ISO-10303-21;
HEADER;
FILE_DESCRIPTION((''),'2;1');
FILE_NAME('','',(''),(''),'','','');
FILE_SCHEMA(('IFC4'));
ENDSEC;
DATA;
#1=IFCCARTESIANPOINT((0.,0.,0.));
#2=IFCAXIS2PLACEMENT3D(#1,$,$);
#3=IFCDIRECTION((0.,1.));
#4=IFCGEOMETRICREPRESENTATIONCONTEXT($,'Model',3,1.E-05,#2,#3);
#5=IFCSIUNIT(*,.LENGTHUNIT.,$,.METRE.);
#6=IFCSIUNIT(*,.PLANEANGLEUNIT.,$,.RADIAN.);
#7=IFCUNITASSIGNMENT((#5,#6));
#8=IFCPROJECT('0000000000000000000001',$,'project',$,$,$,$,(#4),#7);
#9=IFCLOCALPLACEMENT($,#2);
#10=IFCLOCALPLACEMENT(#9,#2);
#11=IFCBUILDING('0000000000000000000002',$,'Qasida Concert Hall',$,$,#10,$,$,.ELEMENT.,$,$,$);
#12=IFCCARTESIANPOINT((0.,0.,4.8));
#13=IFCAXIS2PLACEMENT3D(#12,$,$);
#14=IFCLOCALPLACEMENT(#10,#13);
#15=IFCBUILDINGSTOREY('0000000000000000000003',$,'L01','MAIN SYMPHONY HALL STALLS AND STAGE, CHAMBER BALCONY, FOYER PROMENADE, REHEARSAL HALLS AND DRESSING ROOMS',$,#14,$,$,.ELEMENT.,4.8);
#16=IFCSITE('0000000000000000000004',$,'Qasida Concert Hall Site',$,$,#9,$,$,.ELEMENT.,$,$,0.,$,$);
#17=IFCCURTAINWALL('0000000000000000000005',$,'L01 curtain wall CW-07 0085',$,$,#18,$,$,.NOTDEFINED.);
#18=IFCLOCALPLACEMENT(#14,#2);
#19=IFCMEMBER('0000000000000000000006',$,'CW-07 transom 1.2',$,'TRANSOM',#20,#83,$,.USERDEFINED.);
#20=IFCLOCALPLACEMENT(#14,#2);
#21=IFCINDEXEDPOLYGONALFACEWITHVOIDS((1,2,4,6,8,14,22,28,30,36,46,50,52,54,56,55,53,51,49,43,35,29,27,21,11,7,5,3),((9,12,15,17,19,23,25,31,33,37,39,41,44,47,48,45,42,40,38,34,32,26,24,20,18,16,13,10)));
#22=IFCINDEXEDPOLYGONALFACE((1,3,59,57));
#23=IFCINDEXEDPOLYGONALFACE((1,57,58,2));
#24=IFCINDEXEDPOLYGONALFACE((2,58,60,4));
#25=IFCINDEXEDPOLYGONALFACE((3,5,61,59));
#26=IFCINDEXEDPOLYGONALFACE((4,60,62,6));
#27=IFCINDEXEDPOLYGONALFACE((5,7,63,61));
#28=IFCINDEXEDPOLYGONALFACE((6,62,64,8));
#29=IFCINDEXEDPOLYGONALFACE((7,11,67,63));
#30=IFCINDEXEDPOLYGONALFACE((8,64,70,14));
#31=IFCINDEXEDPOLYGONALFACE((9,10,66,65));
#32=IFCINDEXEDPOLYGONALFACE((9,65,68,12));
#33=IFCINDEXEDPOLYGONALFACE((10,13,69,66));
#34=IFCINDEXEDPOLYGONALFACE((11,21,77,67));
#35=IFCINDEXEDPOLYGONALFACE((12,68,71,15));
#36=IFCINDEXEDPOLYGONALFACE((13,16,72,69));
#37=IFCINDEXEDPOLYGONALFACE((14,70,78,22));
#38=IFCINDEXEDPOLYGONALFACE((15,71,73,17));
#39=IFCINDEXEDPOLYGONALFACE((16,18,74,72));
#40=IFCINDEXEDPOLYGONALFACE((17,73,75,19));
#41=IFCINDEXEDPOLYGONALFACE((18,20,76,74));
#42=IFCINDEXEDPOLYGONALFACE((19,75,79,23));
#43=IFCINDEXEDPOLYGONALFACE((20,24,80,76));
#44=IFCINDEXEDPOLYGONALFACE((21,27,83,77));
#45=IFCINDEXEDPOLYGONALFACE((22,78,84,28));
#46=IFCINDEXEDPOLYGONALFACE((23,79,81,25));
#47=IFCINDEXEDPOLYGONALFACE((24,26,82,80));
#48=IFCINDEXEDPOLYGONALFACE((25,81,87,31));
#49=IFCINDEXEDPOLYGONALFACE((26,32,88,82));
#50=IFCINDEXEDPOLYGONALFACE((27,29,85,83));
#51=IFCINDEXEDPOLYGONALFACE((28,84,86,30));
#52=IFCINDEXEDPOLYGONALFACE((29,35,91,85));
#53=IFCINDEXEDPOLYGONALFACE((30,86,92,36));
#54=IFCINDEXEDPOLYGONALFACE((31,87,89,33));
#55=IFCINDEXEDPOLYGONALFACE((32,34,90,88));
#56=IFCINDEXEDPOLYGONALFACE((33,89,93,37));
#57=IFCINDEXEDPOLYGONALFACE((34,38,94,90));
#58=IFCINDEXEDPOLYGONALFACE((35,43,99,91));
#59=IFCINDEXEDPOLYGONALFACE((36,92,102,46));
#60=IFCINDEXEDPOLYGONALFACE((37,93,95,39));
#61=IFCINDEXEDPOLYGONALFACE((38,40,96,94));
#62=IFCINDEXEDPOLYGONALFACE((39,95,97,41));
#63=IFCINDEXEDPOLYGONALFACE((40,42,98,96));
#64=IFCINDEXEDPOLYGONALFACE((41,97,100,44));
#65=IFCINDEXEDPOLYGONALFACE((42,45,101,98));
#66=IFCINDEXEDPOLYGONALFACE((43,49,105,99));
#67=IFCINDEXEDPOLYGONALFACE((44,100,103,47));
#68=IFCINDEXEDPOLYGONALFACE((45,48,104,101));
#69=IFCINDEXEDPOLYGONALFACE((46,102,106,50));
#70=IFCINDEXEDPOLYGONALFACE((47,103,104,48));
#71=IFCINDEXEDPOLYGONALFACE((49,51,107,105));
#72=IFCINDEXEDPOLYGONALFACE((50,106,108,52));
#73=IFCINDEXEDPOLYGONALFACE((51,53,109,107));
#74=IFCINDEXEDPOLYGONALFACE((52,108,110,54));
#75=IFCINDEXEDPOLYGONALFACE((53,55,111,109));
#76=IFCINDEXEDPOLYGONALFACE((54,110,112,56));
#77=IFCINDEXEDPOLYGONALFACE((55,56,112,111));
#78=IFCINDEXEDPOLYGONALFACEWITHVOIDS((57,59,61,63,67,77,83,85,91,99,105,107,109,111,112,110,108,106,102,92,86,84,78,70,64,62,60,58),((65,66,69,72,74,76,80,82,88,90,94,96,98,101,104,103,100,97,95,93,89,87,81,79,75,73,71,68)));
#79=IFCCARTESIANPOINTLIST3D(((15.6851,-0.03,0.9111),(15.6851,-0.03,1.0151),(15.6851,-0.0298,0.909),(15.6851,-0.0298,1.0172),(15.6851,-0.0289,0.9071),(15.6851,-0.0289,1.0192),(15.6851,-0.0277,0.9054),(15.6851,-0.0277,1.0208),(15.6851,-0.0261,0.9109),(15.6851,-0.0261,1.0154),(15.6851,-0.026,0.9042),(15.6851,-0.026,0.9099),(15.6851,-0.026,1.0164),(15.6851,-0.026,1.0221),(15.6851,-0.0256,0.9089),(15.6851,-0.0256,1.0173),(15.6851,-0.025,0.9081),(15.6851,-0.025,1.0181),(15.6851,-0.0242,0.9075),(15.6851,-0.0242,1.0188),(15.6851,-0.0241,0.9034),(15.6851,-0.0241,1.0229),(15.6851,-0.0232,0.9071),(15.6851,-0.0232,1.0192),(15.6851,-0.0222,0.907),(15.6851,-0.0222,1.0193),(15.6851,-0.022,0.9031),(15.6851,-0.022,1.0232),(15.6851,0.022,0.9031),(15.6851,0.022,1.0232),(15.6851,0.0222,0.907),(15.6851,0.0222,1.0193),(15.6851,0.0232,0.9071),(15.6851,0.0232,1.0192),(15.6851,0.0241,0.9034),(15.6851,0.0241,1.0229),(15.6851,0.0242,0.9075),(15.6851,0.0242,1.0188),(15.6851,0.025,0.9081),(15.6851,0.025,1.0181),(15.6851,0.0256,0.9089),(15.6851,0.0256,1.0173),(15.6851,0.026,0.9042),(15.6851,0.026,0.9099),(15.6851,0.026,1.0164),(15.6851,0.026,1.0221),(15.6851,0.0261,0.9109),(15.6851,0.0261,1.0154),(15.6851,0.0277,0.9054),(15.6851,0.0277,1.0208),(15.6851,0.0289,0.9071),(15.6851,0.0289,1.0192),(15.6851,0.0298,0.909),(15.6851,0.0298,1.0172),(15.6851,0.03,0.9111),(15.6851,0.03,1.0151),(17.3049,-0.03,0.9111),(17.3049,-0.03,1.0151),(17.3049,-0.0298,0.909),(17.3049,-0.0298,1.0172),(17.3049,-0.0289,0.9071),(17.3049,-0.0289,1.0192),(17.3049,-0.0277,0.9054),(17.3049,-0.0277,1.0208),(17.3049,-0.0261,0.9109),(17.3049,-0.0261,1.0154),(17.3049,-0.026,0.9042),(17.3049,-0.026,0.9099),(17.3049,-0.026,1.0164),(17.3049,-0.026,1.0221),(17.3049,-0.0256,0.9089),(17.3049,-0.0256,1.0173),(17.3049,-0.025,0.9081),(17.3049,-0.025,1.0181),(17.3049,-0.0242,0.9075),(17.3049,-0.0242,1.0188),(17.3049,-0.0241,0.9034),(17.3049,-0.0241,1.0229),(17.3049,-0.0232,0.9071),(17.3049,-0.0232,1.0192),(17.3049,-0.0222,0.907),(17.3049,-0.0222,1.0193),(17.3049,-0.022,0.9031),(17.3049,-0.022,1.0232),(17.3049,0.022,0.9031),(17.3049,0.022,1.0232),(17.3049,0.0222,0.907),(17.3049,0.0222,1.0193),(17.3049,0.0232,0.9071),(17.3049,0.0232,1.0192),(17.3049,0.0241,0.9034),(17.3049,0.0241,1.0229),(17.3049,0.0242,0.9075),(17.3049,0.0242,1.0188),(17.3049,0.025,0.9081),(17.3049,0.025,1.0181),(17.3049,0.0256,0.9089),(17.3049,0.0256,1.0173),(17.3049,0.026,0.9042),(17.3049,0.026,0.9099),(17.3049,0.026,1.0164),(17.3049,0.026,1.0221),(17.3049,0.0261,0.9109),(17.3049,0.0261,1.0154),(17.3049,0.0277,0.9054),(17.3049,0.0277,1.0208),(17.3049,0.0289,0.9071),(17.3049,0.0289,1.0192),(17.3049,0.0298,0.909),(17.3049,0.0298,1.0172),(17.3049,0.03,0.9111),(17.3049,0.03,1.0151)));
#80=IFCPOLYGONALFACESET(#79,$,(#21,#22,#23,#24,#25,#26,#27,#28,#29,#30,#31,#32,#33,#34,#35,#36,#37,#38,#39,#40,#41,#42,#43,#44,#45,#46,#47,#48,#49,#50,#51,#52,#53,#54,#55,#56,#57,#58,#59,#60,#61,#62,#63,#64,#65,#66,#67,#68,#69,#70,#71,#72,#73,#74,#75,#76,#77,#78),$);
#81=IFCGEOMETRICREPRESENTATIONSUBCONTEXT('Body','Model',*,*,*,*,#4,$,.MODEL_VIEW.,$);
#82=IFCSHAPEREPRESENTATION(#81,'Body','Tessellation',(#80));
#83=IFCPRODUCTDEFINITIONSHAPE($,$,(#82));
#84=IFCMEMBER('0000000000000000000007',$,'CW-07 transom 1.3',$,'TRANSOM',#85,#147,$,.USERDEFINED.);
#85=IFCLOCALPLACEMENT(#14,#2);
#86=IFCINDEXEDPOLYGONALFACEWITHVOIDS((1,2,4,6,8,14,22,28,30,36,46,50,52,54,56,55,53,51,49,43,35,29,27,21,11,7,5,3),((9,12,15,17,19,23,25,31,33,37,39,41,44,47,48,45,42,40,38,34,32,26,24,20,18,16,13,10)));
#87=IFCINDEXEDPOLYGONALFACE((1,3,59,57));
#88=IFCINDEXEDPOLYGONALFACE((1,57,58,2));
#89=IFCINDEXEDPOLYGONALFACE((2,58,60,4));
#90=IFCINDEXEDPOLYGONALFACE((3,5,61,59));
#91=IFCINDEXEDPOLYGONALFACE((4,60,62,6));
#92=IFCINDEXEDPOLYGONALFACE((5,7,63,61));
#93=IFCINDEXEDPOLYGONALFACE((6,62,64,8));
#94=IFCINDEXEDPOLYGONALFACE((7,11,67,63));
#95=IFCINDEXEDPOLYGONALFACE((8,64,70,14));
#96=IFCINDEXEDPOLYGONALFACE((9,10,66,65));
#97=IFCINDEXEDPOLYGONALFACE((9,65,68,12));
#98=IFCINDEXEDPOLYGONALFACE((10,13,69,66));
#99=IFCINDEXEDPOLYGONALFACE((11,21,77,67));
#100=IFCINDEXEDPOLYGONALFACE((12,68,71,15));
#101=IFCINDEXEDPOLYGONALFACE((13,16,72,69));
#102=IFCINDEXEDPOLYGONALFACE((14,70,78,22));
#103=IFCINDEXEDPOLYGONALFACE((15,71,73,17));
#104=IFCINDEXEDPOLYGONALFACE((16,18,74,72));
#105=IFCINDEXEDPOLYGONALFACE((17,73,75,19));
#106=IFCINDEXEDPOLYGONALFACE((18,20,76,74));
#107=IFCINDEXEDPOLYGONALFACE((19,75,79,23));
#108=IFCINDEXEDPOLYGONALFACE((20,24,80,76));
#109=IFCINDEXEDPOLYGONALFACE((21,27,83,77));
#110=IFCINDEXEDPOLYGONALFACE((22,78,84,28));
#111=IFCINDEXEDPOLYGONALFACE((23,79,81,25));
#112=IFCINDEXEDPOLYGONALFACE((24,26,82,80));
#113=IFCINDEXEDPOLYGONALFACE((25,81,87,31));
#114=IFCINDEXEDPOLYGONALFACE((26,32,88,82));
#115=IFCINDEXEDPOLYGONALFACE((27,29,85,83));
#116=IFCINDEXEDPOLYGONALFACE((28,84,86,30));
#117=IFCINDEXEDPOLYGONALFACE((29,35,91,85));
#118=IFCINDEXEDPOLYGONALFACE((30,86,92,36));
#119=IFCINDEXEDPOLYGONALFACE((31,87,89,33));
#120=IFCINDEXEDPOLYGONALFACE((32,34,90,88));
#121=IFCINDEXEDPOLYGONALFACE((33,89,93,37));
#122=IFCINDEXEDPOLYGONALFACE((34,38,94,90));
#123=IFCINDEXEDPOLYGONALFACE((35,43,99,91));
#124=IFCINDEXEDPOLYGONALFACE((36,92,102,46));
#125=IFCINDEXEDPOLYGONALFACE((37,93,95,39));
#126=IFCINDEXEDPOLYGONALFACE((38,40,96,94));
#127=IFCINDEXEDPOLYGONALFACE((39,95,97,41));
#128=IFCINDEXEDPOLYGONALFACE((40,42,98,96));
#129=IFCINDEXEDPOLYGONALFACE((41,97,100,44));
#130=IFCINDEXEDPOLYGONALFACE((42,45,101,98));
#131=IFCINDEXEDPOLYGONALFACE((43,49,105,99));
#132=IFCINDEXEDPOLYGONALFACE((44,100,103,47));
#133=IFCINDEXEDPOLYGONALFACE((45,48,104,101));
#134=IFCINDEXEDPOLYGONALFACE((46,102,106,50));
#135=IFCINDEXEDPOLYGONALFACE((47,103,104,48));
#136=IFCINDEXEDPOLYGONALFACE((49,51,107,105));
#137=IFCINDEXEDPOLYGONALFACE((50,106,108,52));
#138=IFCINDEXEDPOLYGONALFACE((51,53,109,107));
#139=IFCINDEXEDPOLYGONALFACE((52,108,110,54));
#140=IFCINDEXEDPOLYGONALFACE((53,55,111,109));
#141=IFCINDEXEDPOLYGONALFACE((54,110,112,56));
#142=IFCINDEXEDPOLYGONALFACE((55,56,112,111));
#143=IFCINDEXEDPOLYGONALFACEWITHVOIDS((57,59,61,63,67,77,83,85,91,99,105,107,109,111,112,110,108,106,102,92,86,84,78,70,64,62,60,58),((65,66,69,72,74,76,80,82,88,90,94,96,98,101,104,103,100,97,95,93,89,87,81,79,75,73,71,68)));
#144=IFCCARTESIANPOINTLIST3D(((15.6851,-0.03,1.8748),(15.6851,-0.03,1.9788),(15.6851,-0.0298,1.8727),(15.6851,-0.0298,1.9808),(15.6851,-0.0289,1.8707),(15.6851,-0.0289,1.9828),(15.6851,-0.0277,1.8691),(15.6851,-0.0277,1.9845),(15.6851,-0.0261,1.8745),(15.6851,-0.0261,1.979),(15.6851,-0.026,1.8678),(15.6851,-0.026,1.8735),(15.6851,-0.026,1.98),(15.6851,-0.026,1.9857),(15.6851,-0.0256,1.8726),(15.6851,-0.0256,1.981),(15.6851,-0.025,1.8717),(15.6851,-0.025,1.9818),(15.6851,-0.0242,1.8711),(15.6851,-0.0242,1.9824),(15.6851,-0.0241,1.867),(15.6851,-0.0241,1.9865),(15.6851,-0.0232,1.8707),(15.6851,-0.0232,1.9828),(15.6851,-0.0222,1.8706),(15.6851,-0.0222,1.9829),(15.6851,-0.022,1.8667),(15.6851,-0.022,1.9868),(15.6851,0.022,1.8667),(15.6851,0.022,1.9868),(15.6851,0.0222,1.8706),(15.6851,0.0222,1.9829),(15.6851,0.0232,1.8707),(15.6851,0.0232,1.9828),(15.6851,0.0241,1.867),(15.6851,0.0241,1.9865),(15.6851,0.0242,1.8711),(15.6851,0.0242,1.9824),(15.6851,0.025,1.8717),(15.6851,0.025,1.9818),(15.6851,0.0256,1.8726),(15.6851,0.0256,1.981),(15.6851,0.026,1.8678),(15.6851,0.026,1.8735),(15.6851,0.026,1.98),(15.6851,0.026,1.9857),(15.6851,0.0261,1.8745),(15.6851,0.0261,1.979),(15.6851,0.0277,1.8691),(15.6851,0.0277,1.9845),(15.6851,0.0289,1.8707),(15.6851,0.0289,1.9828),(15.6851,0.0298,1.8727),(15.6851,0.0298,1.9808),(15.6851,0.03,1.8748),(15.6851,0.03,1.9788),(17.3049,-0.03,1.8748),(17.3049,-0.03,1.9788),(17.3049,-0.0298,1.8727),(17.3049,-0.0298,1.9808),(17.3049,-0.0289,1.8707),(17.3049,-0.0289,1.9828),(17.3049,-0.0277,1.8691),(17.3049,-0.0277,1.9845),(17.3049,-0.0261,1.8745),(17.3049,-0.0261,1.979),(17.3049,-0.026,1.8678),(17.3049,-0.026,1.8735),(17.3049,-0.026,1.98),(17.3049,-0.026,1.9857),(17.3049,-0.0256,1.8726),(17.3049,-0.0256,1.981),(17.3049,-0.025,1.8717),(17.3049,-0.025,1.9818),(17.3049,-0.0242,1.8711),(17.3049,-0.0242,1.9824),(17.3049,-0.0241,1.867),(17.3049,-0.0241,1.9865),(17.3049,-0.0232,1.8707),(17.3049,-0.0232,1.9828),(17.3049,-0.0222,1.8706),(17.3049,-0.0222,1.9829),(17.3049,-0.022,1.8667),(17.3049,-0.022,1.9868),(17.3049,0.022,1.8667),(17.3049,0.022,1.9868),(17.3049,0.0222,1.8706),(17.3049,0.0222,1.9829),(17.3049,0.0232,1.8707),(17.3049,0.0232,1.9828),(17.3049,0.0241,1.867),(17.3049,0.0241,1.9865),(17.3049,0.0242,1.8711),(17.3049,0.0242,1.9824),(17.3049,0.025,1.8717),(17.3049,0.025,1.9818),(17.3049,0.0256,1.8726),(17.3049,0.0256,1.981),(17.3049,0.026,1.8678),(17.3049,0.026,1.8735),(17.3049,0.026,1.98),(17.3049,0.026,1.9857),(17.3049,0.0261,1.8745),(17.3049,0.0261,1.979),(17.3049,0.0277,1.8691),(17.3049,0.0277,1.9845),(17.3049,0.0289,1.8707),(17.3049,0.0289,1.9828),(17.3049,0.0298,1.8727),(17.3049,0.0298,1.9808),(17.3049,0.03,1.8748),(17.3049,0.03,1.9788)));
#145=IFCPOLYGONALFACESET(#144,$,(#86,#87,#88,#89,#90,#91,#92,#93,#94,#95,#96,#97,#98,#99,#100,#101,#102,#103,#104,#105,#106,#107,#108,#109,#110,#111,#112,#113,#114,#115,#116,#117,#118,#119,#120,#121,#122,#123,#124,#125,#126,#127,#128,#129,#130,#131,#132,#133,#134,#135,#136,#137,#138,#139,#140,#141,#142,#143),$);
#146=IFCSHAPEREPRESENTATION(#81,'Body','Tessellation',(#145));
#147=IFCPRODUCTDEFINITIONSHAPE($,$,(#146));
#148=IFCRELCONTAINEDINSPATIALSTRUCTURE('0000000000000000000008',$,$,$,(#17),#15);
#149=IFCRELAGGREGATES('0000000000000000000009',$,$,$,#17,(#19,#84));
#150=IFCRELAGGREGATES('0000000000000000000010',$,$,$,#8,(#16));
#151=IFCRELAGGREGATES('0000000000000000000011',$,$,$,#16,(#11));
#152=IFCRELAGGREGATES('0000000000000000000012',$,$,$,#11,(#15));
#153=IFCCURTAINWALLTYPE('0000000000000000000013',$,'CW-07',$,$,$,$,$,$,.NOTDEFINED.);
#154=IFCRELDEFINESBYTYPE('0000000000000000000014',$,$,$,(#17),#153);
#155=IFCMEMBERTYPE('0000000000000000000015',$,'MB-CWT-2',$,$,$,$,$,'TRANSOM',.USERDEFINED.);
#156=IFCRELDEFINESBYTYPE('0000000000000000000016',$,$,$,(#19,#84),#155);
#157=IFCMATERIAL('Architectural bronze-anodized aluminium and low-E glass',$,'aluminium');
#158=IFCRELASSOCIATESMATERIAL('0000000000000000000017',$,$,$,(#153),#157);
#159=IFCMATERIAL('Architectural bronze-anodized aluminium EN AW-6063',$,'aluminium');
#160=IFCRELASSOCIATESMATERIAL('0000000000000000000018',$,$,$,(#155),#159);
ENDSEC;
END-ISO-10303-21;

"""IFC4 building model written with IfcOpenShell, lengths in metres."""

from ifc_helpers import new_model, si_unit, direction, frame, origin, origin_2d, place, context, subcontext, project, spatial, hollow_rectangle, extrude, material, material_profile, profile_set, type_object, element, aggregate, save


model = new_model("IFC4")

# Units and contexts
model_context = context("Model", 3, precision=1e-05, world=origin(), true_north=direction((0.0, 1.0)))
body_context = subcontext(model_context, "Body", "Model", "MODEL_VIEW")
ifc_project = project(units=[si_unit("LENGTHUNIT", "METRE"), si_unit("PLANEANGLEUNIT", "RADIAN")], contexts=[model_context])

# Site, building, storey
site_placement = place(None, origin())
site = spatial("IfcSite", under=ifc_project, at=site_placement, Name="Qasida Concert Hall Site", CompositionType="ELEMENT", RefElevation=0.0)
building_placement = place(site_placement, origin())
building = spatial("IfcBuilding", under=site, at=building_placement, Name="Qasida Concert Hall", CompositionType="ELEMENT")
storey_placement = place(building_placement, frame((0.0, 0.0, 4.8)))
storey = spatial("IfcBuildingStorey", under=building, at=storey_placement, Name="L01", Description="MAIN SYMPHONY HALL STALLS AND STAGE, CHAMBER BALCONY, FOYER PROMENADE, REHEARSAL HALLS AND DRESSING ROOMS", CompositionType="ELEMENT", Elevation=4.8)

# Shared definitions
ifc_material_1 = material(Name="Architectural bronze-anodized aluminium and low-E glass", Category="aluminium")
curtain_wall_type = type_object("IfcCurtainWallType", Name="CW-07", PredefinedType="NOTDEFINED", material=ifc_material_1)
ifc_material_2 = material(Name="Architectural bronze-anodized aluminium EN AW-6063", Category="aluminium")

# Curtain wall
curtain_wall_1_placement = place(storey_placement, origin())
curtain_wall_1 = element("IfcCurtainWall", 1, at=curtain_wall_1_placement, inside=storey, type_object=curtain_wall_type, Name="L01 curtain wall CW-07 0085", PredefinedType="NOTDEFINED")

# Members
ifc_material_profile_1 = material_profile(ifc_material_2, hollow_rectangle(XDim=0.0601, YDim=0.1201, WallThickness=0.0039, InnerFilletRadius=0.0039, OuterFilletRadius=0.0081, at=origin_2d()), Name="CWT 120x60x4")
ifc_profile_set_1 = profile_set([ifc_material_profile_1], Name="Architectural bronze-anodized aluminium EN AW-6063")
member_type_1 = type_object("IfcMemberType", Name="MB-CWT-2", ElementType="TRANSOM", PredefinedType="USERDEFINED", material=ifc_profile_set_1)
member_1_placement = place(storey_placement, frame((15.6851, 0.0, 0.9631), z_axis=(1.0, 0.0, 0.0), x_axis=(0.0, 1.0, 0.0)))
member_1 = element("IfcMember", 2, at=member_1_placement, type_object=member_type_1, Name="CW-07 transom 1.2", ObjectType="TRANSOM", PredefinedType="USERDEFINED", context=body_context, shape_type="SweptSolid", body=[
    extrude(hollow_rectangle(XDim=0.0601, YDim=0.1201, WallThickness=0.0039, InnerFilletRadius=0.0039, OuterFilletRadius=0.0081, at=origin_2d()), origin(), (0.0, 0.0, 1.0), 1.6199),
])
member_2_placement = place(storey_placement, frame((15.6851, 0.0, 1.9268), z_axis=(1.0, 0.0, 0.0), x_axis=(0.0, 1.0, 0.0)))
member_2 = element("IfcMember", 3, at=member_2_placement, type_object=member_type_1, Name="CW-07 transom 1.3", ObjectType="TRANSOM", PredefinedType="USERDEFINED", context=body_context, shape_type="SweptSolid", body=[
    extrude(hollow_rectangle(XDim=0.0601, YDim=0.1201, WallThickness=0.0039, InnerFilletRadius=0.0039, OuterFilletRadius=0.0081, at=origin_2d()), origin(), (0.0, 0.0, 1.0), 1.6199),
])

aggregate(curtain_wall_1, [member_1, member_2])

save(model, "model.ifc")
